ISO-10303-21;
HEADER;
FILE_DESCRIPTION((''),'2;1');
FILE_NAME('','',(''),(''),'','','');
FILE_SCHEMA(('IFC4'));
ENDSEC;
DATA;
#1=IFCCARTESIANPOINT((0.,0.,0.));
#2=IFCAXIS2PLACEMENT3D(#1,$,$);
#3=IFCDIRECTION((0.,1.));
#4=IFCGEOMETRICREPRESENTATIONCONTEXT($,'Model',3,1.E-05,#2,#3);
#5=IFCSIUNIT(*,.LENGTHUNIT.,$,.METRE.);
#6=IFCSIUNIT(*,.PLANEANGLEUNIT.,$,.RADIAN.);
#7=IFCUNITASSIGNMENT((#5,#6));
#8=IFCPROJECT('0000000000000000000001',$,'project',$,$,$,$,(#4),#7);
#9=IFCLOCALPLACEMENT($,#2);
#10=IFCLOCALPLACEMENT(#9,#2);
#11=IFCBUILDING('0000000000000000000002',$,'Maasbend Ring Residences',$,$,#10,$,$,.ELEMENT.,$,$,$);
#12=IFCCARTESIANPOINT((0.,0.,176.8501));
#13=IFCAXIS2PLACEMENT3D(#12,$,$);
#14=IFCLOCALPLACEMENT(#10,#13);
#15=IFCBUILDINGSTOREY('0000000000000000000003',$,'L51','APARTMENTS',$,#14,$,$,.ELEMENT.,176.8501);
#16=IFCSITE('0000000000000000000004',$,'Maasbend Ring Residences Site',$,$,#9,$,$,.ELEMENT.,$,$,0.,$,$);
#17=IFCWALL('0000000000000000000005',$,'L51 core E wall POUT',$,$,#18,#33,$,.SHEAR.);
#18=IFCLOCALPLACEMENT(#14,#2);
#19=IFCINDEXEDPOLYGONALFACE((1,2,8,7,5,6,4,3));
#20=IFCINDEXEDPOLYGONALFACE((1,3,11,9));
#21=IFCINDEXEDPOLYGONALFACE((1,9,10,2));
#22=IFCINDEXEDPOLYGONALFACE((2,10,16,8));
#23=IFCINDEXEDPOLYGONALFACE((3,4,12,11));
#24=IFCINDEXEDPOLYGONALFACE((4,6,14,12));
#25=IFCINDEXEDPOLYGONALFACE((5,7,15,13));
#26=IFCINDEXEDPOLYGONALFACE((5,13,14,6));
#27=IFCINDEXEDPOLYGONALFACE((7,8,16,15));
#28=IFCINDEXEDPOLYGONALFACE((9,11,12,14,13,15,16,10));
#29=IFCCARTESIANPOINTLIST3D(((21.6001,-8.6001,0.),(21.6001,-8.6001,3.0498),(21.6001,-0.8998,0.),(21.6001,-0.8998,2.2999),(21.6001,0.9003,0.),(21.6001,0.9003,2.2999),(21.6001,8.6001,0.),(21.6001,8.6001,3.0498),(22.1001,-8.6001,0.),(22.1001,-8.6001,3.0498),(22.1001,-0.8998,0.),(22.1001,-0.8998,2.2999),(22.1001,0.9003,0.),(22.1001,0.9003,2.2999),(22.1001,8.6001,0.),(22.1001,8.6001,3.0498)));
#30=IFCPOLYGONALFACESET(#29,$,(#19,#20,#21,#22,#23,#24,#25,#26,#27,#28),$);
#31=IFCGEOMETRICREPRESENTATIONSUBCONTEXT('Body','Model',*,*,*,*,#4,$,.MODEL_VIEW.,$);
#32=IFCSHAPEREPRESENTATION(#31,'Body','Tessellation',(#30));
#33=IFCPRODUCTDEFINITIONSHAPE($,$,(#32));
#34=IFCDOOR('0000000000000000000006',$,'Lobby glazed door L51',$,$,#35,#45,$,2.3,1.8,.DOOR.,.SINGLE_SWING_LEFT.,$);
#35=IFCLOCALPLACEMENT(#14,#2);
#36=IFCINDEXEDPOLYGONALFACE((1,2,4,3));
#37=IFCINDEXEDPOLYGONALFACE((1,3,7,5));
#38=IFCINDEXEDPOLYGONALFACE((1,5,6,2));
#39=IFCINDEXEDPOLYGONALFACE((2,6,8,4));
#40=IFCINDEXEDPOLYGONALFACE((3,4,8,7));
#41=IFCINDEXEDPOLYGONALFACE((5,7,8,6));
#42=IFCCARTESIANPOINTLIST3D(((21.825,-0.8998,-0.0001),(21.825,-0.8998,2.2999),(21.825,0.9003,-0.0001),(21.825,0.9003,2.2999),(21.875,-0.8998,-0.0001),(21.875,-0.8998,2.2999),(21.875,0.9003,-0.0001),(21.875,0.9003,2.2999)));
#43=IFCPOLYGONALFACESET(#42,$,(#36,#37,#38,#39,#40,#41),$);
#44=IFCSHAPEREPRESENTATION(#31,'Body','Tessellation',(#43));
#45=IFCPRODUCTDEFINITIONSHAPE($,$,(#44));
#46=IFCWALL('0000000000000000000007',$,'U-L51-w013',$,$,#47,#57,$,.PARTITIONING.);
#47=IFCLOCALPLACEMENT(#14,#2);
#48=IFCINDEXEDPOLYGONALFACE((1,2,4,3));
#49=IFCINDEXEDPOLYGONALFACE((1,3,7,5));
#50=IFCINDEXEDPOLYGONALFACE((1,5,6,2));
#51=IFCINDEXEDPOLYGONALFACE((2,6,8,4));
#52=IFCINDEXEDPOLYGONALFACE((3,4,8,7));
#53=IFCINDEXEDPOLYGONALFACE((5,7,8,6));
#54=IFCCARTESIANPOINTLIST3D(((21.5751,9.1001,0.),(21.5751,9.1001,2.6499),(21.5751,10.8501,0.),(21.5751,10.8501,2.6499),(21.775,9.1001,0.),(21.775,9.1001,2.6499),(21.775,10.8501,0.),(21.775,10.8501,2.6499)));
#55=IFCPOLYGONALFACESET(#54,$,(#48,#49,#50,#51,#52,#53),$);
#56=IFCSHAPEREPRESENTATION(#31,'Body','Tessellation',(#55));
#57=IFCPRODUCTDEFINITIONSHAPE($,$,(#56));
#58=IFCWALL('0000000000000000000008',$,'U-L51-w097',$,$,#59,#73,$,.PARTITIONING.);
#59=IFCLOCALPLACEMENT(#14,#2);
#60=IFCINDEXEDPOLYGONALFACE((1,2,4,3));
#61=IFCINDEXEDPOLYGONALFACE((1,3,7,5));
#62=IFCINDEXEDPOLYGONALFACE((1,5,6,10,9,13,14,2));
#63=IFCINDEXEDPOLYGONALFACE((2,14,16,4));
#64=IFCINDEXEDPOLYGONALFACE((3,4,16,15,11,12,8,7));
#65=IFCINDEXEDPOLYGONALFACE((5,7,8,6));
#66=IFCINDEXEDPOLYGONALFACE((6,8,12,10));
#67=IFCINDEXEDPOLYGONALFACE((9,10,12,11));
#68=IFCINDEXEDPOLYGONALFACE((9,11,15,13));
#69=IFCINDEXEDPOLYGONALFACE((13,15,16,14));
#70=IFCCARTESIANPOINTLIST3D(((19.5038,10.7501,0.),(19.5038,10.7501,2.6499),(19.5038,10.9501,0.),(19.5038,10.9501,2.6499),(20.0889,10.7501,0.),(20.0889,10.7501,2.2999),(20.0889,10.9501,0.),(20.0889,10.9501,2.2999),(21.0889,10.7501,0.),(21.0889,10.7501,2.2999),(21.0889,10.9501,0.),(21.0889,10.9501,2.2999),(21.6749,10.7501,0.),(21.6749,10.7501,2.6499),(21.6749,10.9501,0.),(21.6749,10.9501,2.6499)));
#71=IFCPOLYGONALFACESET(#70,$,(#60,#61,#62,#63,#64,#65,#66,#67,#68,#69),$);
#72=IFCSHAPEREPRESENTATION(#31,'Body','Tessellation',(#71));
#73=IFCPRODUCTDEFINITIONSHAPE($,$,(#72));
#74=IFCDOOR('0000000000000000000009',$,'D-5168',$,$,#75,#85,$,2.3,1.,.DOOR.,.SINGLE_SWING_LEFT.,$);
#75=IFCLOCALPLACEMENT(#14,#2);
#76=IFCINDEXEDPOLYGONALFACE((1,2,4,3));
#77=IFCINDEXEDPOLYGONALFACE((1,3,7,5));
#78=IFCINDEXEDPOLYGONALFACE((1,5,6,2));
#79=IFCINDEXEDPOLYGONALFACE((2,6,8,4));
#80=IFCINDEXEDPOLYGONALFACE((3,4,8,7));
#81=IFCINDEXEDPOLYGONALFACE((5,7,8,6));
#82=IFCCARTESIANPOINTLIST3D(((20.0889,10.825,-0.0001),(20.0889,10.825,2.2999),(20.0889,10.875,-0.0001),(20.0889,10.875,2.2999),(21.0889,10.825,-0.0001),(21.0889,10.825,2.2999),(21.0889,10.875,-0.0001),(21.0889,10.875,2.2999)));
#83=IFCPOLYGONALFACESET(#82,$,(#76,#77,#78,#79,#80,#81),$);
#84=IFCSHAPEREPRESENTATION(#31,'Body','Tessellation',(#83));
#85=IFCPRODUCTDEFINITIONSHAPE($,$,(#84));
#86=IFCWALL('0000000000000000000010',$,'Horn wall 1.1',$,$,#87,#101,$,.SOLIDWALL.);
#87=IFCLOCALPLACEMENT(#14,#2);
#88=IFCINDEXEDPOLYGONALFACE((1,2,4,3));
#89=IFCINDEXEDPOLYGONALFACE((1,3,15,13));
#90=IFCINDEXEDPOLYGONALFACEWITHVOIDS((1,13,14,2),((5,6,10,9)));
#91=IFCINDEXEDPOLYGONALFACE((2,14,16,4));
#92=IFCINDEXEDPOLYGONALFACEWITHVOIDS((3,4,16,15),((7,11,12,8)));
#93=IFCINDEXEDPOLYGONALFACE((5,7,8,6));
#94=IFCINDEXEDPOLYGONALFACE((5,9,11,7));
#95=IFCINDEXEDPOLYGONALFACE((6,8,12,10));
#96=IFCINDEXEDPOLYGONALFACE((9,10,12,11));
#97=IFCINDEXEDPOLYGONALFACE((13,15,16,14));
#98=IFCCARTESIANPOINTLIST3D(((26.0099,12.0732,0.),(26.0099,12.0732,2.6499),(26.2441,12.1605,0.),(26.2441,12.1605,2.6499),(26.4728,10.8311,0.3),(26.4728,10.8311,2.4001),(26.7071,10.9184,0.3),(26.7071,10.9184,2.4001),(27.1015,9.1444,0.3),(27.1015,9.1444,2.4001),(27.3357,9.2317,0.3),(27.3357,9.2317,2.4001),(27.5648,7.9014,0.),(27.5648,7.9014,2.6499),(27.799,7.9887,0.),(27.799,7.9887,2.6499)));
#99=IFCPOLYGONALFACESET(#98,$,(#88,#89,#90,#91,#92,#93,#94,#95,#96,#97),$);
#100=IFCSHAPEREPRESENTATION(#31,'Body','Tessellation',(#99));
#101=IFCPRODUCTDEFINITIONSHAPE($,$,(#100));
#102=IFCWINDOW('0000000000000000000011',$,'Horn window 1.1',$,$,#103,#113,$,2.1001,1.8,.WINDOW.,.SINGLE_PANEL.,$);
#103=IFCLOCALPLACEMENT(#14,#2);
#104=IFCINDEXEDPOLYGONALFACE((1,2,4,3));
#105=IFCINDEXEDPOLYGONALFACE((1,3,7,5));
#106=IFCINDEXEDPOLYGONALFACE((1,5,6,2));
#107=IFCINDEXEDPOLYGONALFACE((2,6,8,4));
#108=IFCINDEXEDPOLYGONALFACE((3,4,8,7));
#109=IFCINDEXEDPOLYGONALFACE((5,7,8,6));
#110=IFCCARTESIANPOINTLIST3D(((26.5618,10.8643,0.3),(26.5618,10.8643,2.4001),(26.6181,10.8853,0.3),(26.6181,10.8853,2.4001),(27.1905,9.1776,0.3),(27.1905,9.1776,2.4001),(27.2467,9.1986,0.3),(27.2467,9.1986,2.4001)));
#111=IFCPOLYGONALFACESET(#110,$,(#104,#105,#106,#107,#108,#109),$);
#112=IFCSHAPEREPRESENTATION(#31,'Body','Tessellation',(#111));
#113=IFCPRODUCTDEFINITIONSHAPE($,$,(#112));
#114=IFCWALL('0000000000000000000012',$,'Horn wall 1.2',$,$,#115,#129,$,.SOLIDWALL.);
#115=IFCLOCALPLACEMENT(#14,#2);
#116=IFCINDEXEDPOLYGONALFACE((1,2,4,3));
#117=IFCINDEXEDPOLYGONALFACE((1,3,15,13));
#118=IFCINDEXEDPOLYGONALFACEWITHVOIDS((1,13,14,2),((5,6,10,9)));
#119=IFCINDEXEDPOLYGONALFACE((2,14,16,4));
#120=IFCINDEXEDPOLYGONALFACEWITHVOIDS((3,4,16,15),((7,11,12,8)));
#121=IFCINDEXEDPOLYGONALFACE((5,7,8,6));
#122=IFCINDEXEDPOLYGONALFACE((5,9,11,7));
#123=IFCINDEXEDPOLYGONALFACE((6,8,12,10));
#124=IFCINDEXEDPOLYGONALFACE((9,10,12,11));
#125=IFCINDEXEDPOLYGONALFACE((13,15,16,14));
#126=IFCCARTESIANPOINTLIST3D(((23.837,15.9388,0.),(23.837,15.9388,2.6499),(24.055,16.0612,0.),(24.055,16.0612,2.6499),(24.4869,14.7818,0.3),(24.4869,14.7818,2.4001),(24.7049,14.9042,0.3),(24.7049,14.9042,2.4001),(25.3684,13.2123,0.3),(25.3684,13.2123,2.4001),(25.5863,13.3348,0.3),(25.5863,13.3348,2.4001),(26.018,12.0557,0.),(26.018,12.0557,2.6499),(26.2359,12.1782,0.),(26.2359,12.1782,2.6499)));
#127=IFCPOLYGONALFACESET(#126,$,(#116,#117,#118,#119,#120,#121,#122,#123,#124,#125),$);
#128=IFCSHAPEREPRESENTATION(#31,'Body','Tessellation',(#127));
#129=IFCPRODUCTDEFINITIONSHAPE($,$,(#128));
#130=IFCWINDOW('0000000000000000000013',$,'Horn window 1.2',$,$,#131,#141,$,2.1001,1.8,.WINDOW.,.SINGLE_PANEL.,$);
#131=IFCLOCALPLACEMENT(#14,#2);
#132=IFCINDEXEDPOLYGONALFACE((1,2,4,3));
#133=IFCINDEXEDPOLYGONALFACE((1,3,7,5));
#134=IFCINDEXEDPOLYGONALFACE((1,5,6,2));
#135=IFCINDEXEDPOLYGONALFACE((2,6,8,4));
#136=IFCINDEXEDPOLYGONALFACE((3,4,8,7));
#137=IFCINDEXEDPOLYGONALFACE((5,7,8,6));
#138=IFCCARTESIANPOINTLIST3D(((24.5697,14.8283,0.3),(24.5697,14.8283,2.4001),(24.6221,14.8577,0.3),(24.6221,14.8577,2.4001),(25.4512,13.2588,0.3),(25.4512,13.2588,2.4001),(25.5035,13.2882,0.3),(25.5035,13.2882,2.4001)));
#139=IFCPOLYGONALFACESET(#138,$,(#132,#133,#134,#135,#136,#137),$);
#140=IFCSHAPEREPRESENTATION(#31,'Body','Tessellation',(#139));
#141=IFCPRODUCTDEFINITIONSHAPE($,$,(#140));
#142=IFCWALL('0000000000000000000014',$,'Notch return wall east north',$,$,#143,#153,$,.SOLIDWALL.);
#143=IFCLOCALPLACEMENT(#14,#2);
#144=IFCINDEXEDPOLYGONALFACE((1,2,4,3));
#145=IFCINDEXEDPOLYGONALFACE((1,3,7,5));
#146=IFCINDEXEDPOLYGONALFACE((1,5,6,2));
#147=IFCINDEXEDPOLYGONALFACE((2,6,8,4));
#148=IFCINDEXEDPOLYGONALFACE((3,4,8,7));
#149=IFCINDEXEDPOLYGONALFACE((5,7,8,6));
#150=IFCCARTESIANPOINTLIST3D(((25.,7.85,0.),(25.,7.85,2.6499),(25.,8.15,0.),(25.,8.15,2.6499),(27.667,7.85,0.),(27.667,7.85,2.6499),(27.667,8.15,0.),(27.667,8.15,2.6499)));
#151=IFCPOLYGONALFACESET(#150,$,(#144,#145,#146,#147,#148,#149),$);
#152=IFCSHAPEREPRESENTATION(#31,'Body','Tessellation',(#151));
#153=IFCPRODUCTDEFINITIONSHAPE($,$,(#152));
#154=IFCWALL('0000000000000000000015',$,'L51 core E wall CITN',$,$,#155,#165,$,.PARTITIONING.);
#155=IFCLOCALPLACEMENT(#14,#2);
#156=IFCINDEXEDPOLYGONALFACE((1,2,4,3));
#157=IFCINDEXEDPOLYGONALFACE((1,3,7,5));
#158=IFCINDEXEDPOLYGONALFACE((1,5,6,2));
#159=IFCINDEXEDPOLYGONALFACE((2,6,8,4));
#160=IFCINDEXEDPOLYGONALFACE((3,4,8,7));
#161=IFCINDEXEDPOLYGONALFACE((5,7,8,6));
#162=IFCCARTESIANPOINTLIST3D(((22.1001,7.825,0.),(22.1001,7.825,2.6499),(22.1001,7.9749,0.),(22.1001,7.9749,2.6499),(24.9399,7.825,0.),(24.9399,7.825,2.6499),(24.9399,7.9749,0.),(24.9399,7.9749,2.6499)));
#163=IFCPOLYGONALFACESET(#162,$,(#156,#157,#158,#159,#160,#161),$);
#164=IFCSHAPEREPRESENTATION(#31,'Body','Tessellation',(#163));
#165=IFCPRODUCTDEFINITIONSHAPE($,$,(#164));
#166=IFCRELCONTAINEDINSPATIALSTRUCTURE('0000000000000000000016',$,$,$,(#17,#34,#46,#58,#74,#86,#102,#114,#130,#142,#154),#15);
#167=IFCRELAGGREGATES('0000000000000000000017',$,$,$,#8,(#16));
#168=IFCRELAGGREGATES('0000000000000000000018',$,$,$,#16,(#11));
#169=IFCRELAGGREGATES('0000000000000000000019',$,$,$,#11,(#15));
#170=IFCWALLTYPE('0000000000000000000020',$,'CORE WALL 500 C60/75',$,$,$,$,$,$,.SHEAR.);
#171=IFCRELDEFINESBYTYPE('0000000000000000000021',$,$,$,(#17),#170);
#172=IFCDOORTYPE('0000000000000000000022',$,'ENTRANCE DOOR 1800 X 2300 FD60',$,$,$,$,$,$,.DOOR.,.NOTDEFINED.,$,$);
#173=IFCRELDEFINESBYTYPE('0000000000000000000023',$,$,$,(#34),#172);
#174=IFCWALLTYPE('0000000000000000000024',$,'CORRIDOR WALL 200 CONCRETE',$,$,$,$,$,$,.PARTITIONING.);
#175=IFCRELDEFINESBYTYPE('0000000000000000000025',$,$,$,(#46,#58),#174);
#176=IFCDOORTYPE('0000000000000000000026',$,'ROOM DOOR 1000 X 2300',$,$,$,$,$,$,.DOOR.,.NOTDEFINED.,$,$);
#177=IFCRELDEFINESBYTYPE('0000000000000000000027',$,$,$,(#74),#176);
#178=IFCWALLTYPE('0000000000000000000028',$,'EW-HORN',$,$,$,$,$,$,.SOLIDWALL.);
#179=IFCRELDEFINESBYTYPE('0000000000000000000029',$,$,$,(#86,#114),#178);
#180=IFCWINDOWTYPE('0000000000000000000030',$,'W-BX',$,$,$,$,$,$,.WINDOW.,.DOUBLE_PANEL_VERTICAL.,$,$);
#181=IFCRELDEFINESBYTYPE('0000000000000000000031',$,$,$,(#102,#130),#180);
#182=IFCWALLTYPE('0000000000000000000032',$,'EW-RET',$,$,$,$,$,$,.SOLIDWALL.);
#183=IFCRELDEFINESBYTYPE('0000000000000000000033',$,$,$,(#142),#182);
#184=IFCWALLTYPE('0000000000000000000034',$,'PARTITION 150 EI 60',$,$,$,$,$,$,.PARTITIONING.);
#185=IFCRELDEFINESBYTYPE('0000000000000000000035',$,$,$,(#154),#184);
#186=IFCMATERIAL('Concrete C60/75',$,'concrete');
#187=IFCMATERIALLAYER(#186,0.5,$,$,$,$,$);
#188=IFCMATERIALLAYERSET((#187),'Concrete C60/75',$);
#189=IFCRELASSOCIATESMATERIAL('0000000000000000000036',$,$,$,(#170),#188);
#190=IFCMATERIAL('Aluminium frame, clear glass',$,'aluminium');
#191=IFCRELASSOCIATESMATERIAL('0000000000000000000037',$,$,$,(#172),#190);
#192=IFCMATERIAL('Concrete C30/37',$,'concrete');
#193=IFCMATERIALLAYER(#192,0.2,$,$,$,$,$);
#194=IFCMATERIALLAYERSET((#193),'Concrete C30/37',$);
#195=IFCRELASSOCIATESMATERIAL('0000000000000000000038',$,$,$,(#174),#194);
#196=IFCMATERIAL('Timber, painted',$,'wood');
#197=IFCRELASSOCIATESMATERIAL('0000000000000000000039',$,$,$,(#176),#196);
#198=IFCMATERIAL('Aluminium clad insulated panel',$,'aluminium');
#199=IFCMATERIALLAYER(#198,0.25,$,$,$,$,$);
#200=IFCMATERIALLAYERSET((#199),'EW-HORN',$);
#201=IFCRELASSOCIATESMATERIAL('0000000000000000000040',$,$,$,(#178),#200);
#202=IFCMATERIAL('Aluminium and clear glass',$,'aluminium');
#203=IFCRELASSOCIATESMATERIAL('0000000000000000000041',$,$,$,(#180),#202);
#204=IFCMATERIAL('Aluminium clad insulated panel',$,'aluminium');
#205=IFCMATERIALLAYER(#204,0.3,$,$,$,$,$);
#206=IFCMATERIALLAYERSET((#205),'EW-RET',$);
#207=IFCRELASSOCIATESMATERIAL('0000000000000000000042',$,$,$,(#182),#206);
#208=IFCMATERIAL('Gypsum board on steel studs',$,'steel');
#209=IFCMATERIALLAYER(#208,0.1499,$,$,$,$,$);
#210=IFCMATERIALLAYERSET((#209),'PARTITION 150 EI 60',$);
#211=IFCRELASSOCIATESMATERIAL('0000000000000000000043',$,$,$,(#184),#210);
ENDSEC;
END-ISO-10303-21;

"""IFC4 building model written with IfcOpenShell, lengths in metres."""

from ifc_helpers import new_model, si_unit, direction, frame, frame_2d, origin, place, context, subcontext, project, spatial, rectangle, extrude, material, layer, layer_set, type_object, element, fill, save


model = new_model("IFC4")

# Units and contexts
model_context = context("Model", 3, precision=1e-05, world=origin(), true_north=direction((0.0, 1.0)))
body_context = subcontext(model_context, "Body", "Model", "MODEL_VIEW")
ifc_project = project(units=[si_unit("LENGTHUNIT", "METRE"), si_unit("PLANEANGLEUNIT", "RADIAN")], contexts=[model_context])

# Site, building, storey
site_placement = place(None, origin())
site = spatial("IfcSite", under=ifc_project, at=site_placement, Name="Maasbend Ring Residences Site", CompositionType="ELEMENT", RefElevation=0.0)
building_placement = place(site_placement, origin())
building = spatial("IfcBuilding", under=site, at=building_placement, Name="Maasbend Ring Residences", CompositionType="ELEMENT")
storey_placement = place(building_placement, frame((0.0, 0.0, 176.8501)))
storey = spatial("IfcBuildingStorey", under=building, at=storey_placement, Name="L51", Description="APARTMENTS", CompositionType="ELEMENT", Elevation=176.8501)

# Wall, opening, door
ifc_material_1 = material(Name="Concrete C60/75", Category="concrete")
ifc_layer_1 = layer(ifc_material_1, 0.5)
ifc_layer_set_1 = layer_set([ifc_layer_1], Name="Concrete C60/75")
wall_type_1 = type_object("IfcWallType", Name="CORE WALL 500 C60/75", PredefinedType="SHEAR", material=ifc_layer_set_1)
wall_1_placement = place(storey_placement, frame((21.8501, 8.6001, 0.0), z_axis=(0.0, 0.0, 1.0), x_axis=(0.0, -1.0, 0.0)))
wall_1 = element("IfcWall", 1, at=wall_1_placement, inside=storey, type_object=wall_type_1, Name="L51 core E wall POUT", PredefinedType="SHEAR", context=body_context, shape_type="SweptSolid", body=[
    extrude(rectangle(XDim=17.2002, YDim=0.5, at=frame_2d((8.6001, 0.0))), origin(), (0.0, 0.0, 1.0), 3.0498),
])
opening_1_placement = place(wall_1_placement, frame((7.7, 0.0, 0.0)))
opening_1 = element("IfcOpeningElement", 2, at=opening_1_placement, cuts=wall_1, PredefinedType="OPENING", context=body_context, shape_type="SweptSolid", body=[
    extrude(rectangle(XDim=1.8, YDim=2.3, at=frame_2d((0.8999, 1.1499))), frame((0.0, 0.26, 0.0), z_axis=(0.0, -1.0, 0.0), x_axis=(1.0, 0.0, 0.0)), (0.0, 0.0, 1.0), 0.52),
])
ifc_material_2 = material(Name="Aluminium frame, clear glass", Category="aluminium")
door_type_1 = type_object("IfcDoorType", Name="ENTRANCE DOOR 1800 X 2300 FD60", OperationType="NOTDEFINED", PredefinedType="DOOR", material=ifc_material_2)
door_1_placement = place(opening_1_placement, origin())
door_1 = element("IfcDoor", 3, at=door_1_placement, inside=storey, type_object=door_type_1, Name="Lobby glazed door L51", OperationType="SINGLE_SWING_LEFT", OverallHeight=2.3, OverallWidth=1.8, PredefinedType="DOOR", context=body_context, shape_type="SweptSolid", body=[
    extrude(rectangle(XDim=1.8, YDim=2.3, at=frame_2d((0.8999, 1.1499))), frame((0.0, 0.0249, 0.0), z_axis=(0.0, -1.0, 0.0), x_axis=(1.0, 0.0, 0.0)), (0.0, 0.0, 1.0), 0.05),
])
fill(opening_1, door_1)

# Wall
ifc_material_3 = material(Name="Concrete C30/37", Category="concrete")
ifc_layer_2 = layer(ifc_material_3, 0.2)
ifc_layer_set_2 = layer_set([ifc_layer_2], Name="Concrete C30/37")
wall_type_2 = type_object("IfcWallType", Name="CORRIDOR WALL 200 CONCRETE", PredefinedType="PARTITIONING", material=ifc_layer_set_2)
wall_2_placement = place(storey_placement, frame((21.675, 9.1001, 0.0), z_axis=(0.0, 0.0, 1.0), x_axis=(0.0, 1.0, 0.0)))
element("IfcWall", 4, at=wall_2_placement, inside=storey, type_object=wall_type_2, Name="U-L51-w013", PredefinedType="PARTITIONING", context=body_context, shape_type="SweptSolid", body=[
    extrude(rectangle(XDim=1.75, YDim=0.2, at=frame_2d((0.875, 0.0))), origin(), (0.0, 0.0, 1.0), 2.6499),
])

# Wall, opening, door
wall_3_placement = place(storey_placement, frame((19.5039, 10.8501, 0.0), z_axis=(0.0, 0.0, 1.0), x_axis=(1.0, 0.0, 0.0)))
wall_3 = element("IfcWall", 5, at=wall_3_placement, inside=storey, type_object=wall_type_2, Name="U-L51-w097", PredefinedType="PARTITIONING", context=body_context, shape_type="SweptSolid", body=[
    extrude(rectangle(XDim=2.1711, YDim=0.2, at=frame_2d((1.0854, 0.0))), origin(), (0.0, 0.0, 1.0), 2.6499),
])
opening_2_placement = place(wall_3_placement, frame((0.585, 0.0, 0.0)))
opening_2 = element("IfcOpeningElement", 6, at=opening_2_placement, cuts=wall_3, PredefinedType="OPENING", context=body_context, shape_type="SweptSolid", body=[
    extrude(rectangle(XDim=1.0, YDim=2.3, at=frame_2d((0.5, 1.1499))), frame((0.0, 0.1099, 0.0), z_axis=(0.0, -1.0, 0.0), x_axis=(1.0, 0.0, 0.0)), (0.0, 0.0, 1.0), 0.22),
])
ifc_material_4 = material(Name="Timber, painted", Category="wood")
door_type_2 = type_object("IfcDoorType", Name="ROOM DOOR 1000 X 2300", OperationType="NOTDEFINED", PredefinedType="DOOR", material=ifc_material_4)
door_2_placement = place(opening_2_placement, origin())
door_2 = element("IfcDoor", 7, at=door_2_placement, inside=storey, type_object=door_type_2, Name="D-5168", OperationType="SINGLE_SWING_LEFT", OverallHeight=2.3, OverallWidth=1.0, PredefinedType="DOOR", context=body_context, shape_type="SweptSolid", body=[
    extrude(rectangle(XDim=1.0, YDim=2.3, at=frame_2d((0.5, 1.1499))), frame((0.0, 0.0249, 0.0), z_axis=(0.0, -1.0, 0.0), x_axis=(1.0, 0.0, 0.0)), (0.0, 0.0, 1.0), 0.05),
])
fill(opening_2, door_2)

# Walls, openings, windows
ifc_material_5 = material(Name="Aluminium clad insulated panel", Category="aluminium")
ifc_layer_3 = layer(ifc_material_5, 0.25)
ifc_layer_set_3 = layer_set([ifc_layer_3], Name="EW-HORN")
wall_type_3 = type_object("IfcWallType", Name="EW-HORN", PredefinedType="SOLIDWALL", material=ifc_layer_set_3)
wall_4_placement = place(storey_placement, frame((27.6819, 7.9451, 0.0), z_axis=(0.0, 0.0, 1.0), x_axis=(-0.349248, 0.93703, 0.0)))
wall_4 = element("IfcWall", 8, at=wall_4_placement, inside=storey, type_object=wall_type_3, Name="Horn wall 1.1", PredefinedType="SOLIDWALL", context=body_context, shape_type="SweptSolid", body=[
    extrude(rectangle(XDim=4.4521, YDim=0.25, at=frame_2d((2.2261, 0.0))), origin(), (0.0, 0.0, 1.0), 2.6499),
])
opening_3_placement = place(wall_4_placement, frame((1.3267, 0.0, 0.3)))
opening_3 = element("IfcOpeningElement", 9, at=opening_3_placement, cuts=wall_4, PredefinedType="OPENING", context=body_context, shape_type="SweptSolid", body=[
    extrude(rectangle(XDim=1.8, YDim=2.1001, at=frame_2d((0.8999, 1.05))), frame((0.0, 0.135, 0.0), z_axis=(0.0, -1.0, 0.0), x_axis=(1.0, 0.0, 0.0)), (0.0, 0.0, 1.0), 0.27),
])
ifc_material_6 = material(Name="Aluminium and clear glass", Category="aluminium")
window_type = type_object("IfcWindowType", Name="W-BX", PartitioningType="DOUBLE_PANEL_VERTICAL", PredefinedType="WINDOW", material=ifc_material_6)
window_1_placement = place(opening_3_placement, origin())
window_1 = element("IfcWindow", 10, at=window_1_placement, inside=storey, type_object=window_type, Name="Horn window 1.1", OverallHeight=2.1001, OverallWidth=1.8, PartitioningType="SINGLE_PANEL", PredefinedType="WINDOW", context=body_context, shape_type="SweptSolid", body=[
    extrude(rectangle(XDim=1.8, YDim=2.1001, at=frame_2d((0.8999, 1.05))), frame((0.0, 0.03, 0.0), z_axis=(0.0, -1.0, 0.0), x_axis=(1.0, 0.0, 0.0)), (0.0, 0.0, 1.0), 0.0601),
])
fill(opening_3, window_1)
wall_5_placement = place(storey_placement, frame((26.127, 12.1169, 0.0), z_axis=(0.0, 0.0, 1.0), x_axis=(-0.489696, 0.871893, 0.0)))
wall_5 = element("IfcWall", 11, at=wall_5_placement, inside=storey, type_object=wall_type_3, Name="Horn wall 1.2", PredefinedType="SOLIDWALL", context=body_context, shape_type="SweptSolid", body=[
    extrude(rectangle(XDim=4.4536, YDim=0.25, at=frame_2d((2.2268, 0.0))), origin(), (0.0, 0.0, 1.0), 2.6499),
])
opening_4_placement = place(wall_5_placement, frame((1.3267, 0.0, 0.3)))
opening_4 = element("IfcOpeningElement", 12, at=opening_4_placement, cuts=wall_5, PredefinedType="OPENING", context=body_context, shape_type="SweptSolid", body=[
    extrude(rectangle(XDim=1.8, YDim=2.1001, at=frame_2d((0.8999, 1.05))), frame((0.0, 0.135, 0.0), z_axis=(0.0, -1.0, 0.0), x_axis=(1.0, 0.0, 0.0)), (0.0, 0.0, 1.0), 0.27),
])
window_2_placement = place(opening_4_placement, origin())
window_2 = element("IfcWindow", 13, at=window_2_placement, inside=storey, type_object=window_type, Name="Horn window 1.2", OverallHeight=2.1001, OverallWidth=1.8, PartitioningType="SINGLE_PANEL", PredefinedType="WINDOW", context=body_context, shape_type="SweptSolid", body=[
    extrude(rectangle(XDim=1.8, YDim=2.1001, at=frame_2d((0.8999, 1.05))), frame((0.0, 0.03, 0.0), z_axis=(0.0, -1.0, 0.0), x_axis=(1.0, 0.0, 0.0)), (0.0, 0.0, 1.0), 0.0601),
])
fill(opening_4, window_2)

# Walls
ifc_material_7 = material(Name="Aluminium clad insulated panel", Category="aluminium")
ifc_layer_4 = layer(ifc_material_7, 0.3)
ifc_layer_set_4 = layer_set([ifc_layer_4], Name="EW-RET")
wall_type_4 = type_object("IfcWallType", Name="EW-RET", PredefinedType="SOLIDWALL", material=ifc_layer_set_4)
wall_6_placement = place(storey_placement, frame((25.0, 8.0, 0.0), z_axis=(0.0, 0.0, 1.0), x_axis=(1.0, 0.0, 0.0)))
element("IfcWall", 14, at=wall_6_placement, inside=storey, type_object=wall_type_4, Name="Notch return wall east north", PredefinedType="SOLIDWALL", context=body_context, shape_type="SweptSolid", body=[
    extrude(rectangle(XDim=2.667, YDim=0.3, at=frame_2d((1.3335, 0.0))), origin(), (0.0, 0.0, 1.0), 2.6499),
])
ifc_material_8 = material(Name="Gypsum board on steel studs", Category="steel")
ifc_layer_5 = layer(ifc_material_8, 0.1499)
ifc_layer_set_5 = layer_set([ifc_layer_5], Name="PARTITION 150 EI 60")
wall_type_5 = type_object("IfcWallType", Name="PARTITION 150 EI 60", PredefinedType="PARTITIONING", material=ifc_layer_set_5)
wall_7_placement = place(storey_placement, frame((22.1001, 7.8999, 0.0), z_axis=(0.0, 0.0, 1.0), x_axis=(1.0, 0.0, 0.0)))
element("IfcWall", 15, at=wall_7_placement, inside=storey, type_object=wall_type_5, Name="L51 core E wall CITN", PredefinedType="PARTITIONING", context=body_context, shape_type="SweptSolid", body=[
    extrude(rectangle(XDim=2.8398, YDim=0.1499, at=frame_2d((1.4199, 0.0))), origin(), (0.0, 0.0, 1.0), 2.6499),
])

save(model, "model.ifc")
